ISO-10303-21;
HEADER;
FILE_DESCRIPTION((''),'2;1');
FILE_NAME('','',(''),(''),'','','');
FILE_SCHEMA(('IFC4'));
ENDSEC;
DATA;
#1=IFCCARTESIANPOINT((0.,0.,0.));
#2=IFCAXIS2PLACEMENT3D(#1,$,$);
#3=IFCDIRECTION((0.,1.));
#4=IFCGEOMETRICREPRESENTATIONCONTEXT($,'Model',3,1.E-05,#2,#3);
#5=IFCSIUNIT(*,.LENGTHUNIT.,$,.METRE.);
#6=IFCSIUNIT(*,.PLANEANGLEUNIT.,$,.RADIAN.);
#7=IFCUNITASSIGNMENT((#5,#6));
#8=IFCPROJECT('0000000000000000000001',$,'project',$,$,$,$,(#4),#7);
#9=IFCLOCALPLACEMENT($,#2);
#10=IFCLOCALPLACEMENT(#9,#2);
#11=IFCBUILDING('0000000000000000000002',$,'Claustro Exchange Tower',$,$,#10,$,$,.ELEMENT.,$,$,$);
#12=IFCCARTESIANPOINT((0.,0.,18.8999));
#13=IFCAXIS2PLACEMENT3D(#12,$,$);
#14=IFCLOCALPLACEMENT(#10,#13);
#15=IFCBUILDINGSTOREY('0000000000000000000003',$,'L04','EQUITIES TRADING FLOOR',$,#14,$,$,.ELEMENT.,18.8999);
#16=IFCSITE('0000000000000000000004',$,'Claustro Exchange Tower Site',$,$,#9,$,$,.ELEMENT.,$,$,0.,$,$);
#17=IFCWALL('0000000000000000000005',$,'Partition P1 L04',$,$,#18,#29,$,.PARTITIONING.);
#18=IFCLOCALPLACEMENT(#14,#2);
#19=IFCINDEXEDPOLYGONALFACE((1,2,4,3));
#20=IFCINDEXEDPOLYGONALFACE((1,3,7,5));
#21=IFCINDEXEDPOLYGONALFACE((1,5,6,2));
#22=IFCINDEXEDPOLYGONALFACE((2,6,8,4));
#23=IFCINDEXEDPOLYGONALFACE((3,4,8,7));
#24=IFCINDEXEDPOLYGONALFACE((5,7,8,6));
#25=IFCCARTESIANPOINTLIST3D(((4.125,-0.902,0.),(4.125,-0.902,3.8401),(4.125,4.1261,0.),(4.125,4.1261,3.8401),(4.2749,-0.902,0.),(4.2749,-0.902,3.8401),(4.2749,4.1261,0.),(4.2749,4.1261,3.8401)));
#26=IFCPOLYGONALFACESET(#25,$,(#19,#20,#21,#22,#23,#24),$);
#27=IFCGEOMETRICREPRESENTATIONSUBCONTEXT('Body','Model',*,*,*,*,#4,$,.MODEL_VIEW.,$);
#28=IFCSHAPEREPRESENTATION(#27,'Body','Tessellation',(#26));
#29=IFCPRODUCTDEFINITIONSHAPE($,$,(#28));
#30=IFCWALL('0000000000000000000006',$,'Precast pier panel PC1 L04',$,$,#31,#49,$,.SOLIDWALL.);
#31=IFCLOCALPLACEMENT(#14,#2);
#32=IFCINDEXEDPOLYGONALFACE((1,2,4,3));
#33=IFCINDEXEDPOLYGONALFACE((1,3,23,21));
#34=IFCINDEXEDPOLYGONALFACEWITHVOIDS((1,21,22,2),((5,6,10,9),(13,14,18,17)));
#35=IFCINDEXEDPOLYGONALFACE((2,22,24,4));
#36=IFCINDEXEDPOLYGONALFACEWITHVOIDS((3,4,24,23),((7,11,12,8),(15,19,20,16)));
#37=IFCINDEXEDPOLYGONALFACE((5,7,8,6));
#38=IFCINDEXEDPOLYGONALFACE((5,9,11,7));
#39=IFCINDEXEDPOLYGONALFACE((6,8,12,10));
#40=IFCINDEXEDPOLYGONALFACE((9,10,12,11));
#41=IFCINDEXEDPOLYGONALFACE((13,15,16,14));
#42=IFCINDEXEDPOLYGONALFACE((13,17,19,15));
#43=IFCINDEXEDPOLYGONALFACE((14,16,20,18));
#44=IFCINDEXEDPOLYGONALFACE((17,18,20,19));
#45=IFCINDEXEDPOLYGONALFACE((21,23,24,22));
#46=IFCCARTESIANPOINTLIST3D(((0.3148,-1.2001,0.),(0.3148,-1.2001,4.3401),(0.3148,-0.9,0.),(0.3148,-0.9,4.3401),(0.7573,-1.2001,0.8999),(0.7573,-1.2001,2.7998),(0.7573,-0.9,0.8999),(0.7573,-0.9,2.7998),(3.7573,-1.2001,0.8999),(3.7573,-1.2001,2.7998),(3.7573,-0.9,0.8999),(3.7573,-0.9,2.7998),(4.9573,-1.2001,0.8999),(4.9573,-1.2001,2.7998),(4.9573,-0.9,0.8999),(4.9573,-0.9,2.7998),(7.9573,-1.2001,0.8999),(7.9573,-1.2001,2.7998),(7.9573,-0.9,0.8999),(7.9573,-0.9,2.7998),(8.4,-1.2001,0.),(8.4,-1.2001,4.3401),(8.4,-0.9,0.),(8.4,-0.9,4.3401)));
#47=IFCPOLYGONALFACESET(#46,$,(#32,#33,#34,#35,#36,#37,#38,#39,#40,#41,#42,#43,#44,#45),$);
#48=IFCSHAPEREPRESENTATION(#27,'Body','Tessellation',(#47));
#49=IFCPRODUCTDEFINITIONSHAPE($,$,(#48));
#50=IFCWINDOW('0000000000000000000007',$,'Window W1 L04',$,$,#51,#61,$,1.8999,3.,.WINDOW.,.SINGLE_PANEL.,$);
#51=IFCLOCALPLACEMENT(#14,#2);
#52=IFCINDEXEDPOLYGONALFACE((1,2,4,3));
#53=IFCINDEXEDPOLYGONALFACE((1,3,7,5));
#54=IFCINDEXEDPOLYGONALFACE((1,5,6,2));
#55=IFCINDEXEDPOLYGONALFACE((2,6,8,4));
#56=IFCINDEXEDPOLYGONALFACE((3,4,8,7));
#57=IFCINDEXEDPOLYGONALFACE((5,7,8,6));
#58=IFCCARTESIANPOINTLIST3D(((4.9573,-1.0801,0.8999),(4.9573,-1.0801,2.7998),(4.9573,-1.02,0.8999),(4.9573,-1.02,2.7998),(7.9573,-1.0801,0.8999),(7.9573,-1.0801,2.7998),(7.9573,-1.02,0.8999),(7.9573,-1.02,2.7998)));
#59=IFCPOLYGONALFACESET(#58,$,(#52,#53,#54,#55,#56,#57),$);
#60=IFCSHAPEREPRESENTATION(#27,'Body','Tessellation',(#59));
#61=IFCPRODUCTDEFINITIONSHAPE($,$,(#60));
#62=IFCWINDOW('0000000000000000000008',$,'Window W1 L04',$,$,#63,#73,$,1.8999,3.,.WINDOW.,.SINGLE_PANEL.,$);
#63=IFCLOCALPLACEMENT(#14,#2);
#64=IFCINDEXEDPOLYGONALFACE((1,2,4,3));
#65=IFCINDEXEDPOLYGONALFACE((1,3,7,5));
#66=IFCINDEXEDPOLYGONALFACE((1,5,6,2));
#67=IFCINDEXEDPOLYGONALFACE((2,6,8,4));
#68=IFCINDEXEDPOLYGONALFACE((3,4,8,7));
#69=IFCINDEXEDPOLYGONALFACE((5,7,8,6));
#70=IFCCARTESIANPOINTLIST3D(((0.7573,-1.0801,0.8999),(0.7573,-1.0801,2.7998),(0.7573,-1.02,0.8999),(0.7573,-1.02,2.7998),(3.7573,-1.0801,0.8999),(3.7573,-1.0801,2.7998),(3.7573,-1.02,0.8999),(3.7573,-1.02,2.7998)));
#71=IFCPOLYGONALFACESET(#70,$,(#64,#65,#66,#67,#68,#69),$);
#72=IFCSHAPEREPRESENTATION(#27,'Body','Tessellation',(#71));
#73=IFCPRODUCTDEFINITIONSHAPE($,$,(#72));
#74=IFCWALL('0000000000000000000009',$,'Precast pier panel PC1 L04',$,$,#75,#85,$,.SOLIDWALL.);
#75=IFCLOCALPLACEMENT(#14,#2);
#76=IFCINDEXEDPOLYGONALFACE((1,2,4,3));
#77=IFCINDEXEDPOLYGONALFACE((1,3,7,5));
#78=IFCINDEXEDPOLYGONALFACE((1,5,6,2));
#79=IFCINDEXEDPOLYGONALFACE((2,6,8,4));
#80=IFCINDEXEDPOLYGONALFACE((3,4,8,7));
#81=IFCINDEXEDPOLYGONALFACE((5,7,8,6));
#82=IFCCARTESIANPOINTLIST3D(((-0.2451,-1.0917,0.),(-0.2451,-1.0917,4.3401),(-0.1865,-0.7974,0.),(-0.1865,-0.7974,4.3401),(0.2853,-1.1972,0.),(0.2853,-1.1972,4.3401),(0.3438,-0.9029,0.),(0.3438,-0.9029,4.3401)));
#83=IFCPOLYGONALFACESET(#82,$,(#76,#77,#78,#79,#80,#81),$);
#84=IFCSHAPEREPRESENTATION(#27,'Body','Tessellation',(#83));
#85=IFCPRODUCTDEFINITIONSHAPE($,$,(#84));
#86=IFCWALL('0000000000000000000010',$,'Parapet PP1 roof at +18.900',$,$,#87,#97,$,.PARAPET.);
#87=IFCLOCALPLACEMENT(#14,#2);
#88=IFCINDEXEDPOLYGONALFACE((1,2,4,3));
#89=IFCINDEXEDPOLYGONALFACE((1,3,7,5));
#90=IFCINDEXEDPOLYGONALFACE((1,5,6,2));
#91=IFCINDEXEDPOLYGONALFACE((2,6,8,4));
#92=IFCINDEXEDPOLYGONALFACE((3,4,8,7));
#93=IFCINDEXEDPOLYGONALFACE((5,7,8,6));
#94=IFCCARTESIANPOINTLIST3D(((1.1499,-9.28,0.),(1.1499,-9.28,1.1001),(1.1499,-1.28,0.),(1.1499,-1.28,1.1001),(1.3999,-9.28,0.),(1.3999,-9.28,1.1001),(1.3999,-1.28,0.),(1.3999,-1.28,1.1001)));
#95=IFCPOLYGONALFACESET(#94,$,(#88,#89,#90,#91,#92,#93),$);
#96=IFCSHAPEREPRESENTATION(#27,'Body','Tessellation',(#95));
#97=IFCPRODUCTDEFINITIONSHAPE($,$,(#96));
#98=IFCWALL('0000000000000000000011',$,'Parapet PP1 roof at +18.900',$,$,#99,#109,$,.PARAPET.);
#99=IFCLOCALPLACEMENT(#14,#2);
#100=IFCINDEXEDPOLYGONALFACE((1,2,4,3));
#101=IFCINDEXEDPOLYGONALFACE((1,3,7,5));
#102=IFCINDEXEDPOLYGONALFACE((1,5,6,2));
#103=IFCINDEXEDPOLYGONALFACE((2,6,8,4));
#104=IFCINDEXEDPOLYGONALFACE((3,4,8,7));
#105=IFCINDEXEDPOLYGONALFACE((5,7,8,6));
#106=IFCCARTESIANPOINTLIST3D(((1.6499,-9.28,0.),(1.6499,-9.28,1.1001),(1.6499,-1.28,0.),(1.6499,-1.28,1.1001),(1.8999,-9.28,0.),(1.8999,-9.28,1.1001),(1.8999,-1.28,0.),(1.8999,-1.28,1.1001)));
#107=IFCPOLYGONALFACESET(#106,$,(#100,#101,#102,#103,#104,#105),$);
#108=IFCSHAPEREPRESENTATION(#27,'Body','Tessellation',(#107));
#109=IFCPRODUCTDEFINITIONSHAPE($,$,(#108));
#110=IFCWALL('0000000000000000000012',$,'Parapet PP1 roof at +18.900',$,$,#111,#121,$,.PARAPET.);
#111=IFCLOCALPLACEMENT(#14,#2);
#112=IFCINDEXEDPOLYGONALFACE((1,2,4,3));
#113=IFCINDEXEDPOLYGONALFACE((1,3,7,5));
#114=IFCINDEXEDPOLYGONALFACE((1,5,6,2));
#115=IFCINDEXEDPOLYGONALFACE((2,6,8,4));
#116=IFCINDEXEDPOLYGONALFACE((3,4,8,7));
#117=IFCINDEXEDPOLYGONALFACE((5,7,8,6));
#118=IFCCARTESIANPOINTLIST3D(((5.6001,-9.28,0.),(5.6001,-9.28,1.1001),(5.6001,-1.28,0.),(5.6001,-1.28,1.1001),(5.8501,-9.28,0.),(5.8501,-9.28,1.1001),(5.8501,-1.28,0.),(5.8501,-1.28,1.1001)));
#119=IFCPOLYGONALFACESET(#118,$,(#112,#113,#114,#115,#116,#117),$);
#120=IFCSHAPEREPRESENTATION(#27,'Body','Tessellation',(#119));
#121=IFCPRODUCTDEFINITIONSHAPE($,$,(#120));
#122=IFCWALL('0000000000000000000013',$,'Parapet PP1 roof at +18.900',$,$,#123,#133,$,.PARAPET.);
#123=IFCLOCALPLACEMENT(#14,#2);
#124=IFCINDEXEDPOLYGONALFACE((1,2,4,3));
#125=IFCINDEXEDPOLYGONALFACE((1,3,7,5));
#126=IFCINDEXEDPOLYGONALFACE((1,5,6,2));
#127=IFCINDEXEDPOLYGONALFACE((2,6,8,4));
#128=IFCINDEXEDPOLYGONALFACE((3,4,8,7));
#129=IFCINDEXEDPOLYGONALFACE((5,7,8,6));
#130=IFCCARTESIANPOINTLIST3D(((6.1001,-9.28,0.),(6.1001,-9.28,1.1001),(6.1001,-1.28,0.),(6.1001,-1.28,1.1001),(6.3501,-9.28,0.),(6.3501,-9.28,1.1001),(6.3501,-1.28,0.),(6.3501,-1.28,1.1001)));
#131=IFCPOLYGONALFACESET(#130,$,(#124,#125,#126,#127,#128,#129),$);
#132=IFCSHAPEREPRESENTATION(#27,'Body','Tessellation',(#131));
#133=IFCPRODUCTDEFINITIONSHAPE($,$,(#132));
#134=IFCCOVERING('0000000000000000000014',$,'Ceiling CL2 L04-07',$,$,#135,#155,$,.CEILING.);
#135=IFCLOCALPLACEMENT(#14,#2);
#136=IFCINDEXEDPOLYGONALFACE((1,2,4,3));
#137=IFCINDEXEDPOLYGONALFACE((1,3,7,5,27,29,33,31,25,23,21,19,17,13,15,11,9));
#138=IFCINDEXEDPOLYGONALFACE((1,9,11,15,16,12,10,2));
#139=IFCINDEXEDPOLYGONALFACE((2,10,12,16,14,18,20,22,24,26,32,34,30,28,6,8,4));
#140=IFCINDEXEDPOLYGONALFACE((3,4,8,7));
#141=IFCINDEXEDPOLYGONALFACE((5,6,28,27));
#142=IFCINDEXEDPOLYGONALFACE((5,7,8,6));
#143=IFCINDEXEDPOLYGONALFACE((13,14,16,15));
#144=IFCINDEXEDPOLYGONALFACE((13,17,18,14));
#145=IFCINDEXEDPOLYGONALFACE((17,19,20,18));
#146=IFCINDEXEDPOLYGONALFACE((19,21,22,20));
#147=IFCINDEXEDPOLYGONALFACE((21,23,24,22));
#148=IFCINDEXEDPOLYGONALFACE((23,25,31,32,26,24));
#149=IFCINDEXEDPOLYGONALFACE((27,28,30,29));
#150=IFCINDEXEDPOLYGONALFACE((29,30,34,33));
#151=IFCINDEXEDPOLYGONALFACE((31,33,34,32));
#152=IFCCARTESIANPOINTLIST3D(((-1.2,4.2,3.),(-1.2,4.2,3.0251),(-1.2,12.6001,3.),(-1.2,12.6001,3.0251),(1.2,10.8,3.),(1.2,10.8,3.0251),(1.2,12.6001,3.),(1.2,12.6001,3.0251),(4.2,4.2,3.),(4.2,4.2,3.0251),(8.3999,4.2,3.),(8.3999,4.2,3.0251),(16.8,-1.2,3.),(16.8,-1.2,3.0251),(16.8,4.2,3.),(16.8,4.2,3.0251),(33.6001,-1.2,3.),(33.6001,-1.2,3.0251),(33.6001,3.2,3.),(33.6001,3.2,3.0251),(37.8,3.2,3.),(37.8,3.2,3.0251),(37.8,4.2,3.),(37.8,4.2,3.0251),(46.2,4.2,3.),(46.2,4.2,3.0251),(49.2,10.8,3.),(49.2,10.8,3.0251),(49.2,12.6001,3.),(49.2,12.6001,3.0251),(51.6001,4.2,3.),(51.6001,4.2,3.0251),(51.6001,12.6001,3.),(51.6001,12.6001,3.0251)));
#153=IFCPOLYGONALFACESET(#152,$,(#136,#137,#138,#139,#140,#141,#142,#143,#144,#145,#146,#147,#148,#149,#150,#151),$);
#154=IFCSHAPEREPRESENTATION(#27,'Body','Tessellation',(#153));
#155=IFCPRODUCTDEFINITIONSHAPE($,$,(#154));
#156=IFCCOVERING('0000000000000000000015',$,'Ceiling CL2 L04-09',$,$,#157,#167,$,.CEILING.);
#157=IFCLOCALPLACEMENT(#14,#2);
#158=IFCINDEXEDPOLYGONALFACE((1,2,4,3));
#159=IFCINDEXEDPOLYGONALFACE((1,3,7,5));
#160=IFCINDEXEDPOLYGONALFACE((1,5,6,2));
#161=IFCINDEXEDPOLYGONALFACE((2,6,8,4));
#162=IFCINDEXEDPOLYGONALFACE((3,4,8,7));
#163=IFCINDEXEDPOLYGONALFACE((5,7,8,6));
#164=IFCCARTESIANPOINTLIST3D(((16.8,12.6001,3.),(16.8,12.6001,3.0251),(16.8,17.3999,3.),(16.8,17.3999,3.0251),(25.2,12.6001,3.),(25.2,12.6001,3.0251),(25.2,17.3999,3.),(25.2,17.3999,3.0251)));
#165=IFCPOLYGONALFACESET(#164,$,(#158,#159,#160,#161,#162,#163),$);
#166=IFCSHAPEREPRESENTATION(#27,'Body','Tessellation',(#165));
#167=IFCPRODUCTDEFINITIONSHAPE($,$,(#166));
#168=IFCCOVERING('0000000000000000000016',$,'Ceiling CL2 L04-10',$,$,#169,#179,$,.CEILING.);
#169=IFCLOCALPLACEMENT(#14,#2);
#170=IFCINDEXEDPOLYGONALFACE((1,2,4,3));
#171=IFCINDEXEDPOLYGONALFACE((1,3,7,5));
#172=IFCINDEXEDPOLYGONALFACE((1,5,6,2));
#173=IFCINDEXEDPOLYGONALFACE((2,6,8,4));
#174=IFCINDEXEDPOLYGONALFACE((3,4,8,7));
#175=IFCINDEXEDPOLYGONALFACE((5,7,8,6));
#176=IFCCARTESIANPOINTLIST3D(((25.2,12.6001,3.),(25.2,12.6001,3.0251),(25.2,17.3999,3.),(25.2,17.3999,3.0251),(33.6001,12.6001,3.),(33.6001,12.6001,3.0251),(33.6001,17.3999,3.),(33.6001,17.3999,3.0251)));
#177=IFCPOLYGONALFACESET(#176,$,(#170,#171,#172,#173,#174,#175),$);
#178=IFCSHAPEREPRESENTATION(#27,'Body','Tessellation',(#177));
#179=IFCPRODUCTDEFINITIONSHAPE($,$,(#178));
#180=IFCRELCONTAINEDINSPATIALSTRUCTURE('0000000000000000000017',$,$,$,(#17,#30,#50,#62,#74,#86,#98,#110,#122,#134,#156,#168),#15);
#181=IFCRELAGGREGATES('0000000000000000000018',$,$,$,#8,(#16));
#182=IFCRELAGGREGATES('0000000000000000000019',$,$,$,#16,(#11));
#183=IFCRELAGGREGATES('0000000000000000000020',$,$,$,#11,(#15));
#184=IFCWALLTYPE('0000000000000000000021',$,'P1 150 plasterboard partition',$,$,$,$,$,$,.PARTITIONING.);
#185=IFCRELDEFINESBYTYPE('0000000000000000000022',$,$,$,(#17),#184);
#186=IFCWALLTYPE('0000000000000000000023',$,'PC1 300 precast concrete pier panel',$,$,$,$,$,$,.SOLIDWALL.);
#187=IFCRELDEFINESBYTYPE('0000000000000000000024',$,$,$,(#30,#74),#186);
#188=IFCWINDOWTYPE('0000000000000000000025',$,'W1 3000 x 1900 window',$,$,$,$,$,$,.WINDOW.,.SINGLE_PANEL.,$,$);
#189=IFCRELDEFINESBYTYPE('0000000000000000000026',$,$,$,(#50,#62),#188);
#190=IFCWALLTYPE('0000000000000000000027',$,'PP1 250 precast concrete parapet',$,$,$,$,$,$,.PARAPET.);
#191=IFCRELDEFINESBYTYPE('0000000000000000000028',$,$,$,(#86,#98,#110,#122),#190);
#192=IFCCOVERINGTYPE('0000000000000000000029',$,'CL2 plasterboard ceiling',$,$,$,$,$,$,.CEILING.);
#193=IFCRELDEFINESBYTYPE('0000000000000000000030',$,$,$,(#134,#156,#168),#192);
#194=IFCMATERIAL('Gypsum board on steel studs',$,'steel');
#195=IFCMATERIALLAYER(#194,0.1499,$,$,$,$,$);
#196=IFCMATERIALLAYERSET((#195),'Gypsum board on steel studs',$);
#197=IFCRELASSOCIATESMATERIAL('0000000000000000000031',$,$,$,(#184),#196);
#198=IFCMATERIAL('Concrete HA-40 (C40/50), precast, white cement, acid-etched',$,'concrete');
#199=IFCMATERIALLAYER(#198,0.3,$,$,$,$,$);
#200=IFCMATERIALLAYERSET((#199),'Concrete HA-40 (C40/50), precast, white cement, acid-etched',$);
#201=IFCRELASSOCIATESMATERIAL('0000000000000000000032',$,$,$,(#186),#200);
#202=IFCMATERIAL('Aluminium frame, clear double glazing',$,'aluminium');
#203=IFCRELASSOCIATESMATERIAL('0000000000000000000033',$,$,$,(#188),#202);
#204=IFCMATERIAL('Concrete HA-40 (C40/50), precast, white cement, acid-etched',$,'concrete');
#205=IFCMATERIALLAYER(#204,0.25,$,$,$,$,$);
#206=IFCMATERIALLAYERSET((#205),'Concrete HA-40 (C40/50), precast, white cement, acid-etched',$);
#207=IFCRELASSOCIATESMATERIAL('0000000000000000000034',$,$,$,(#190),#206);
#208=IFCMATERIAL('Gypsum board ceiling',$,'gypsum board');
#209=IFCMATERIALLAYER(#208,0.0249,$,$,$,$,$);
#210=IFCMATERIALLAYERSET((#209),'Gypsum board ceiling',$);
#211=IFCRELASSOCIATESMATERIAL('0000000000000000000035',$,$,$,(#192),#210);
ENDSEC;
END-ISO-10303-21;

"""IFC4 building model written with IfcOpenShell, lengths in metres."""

from ifc_helpers import new_model, si_unit, direction, frame, frame_2d, origin, place, context, subcontext, project, spatial, polyline, rectangle, outline, extrude, material, layer, layer_set, type_object, element, fill, save


model = new_model("IFC4")

# Units and contexts
model_context = context("Model", 3, precision=1e-05, world=origin(), true_north=direction((0.0, 1.0)))
body_context = subcontext(model_context, "Body", "Model", "MODEL_VIEW")
ifc_project = project(units=[si_unit("LENGTHUNIT", "METRE"), si_unit("PLANEANGLEUNIT", "RADIAN")], contexts=[model_context])

# Site, building, storey
site_placement = place(None, origin())
site = spatial("IfcSite", under=ifc_project, at=site_placement, Name="Claustro Exchange Tower Site", CompositionType="ELEMENT", RefElevation=0.0)
building_placement = place(site_placement, origin())
building = spatial("IfcBuilding", under=site, at=building_placement, Name="Claustro Exchange Tower", CompositionType="ELEMENT")
storey_placement = place(building_placement, frame((0.0, 0.0, 18.8999)))
storey = spatial("IfcBuildingStorey", under=building, at=storey_placement, Name="L04", Description="EQUITIES TRADING FLOOR", CompositionType="ELEMENT", Elevation=18.8999)

# Wall
ifc_material_1 = material(Name="Gypsum board on steel studs", Category="steel")
ifc_layer_1 = layer(ifc_material_1, 0.1499)
ifc_layer_set_1 = layer_set([ifc_layer_1], Name="Gypsum board on steel studs")
wall_type_1 = type_object("IfcWallType", Name="P1 150 plasterboard partition", PredefinedType="PARTITIONING", material=ifc_layer_set_1)
wall_1_placement = place(storey_placement, frame((4.2, -0.9021, 0.0), z_axis=(0.0, 0.0, 1.0), x_axis=(0.0, 1.0, 0.0)))
element("IfcWall", 1, at=wall_1_placement, inside=storey, type_object=wall_type_1, Name="Partition P1 L04", PredefinedType="PARTITIONING", context=body_context, shape_type="SweptSolid", body=[
    extrude(rectangle(XDim=5.0281, YDim=0.1499, at=frame_2d((2.5142, 0.0))), origin(), (0.0, 0.0, 1.0), 3.8401),
])

# Wall, openings, windows
ifc_material_2 = material(Name="Concrete HA-40 (C40/50), precast, white cement, acid-etched", Category="concrete")
ifc_layer_2 = layer(ifc_material_2, 0.3)
ifc_layer_set_2 = layer_set([ifc_layer_2], Name="Concrete HA-40 (C40/50), precast, white cement, acid-etched")
wall_type_2 = type_object("IfcWallType", Name="PC1 300 precast concrete pier panel", PredefinedType="SOLIDWALL", material=ifc_layer_set_2)
wall_2_placement = place(storey_placement, frame((8.3999, -1.05, 0.0), z_axis=(0.0, 0.0, 1.0), x_axis=(-1.0, 0.0, 0.0)))
wall_2 = element("IfcWall", 2, at=wall_2_placement, inside=storey, type_object=wall_type_2, Name="Precast pier panel PC1 L04", PredefinedType="SOLIDWALL", context=body_context, shape_type="SweptSolid", body=[
    extrude(rectangle(XDim=8.0852, YDim=0.3, at=frame_2d((4.0425, 0.0))), origin(), (0.0, 0.0, 1.0), 4.3401),
])
opening_1_placement = place(wall_2_placement, frame((0.4426, 0.0, 0.8999)))
opening_1 = element("IfcOpeningElement", 3, at=opening_1_placement, cuts=wall_2, PredefinedType="OPENING", context=body_context, shape_type="SweptSolid", body=[
    extrude(rectangle(XDim=3.0, YDim=1.8999, at=frame_2d((1.5, 0.95))), frame((0.0, 0.1599, 0.0), z_axis=(0.0, -1.0, 0.0), x_axis=(1.0, 0.0, 0.0)), (0.0, 0.0, 1.0), 0.3201),
])
opening_2_placement = place(wall_2_placement, frame((4.6426, 0.0, 0.8999)))
opening_2 = element("IfcOpeningElement", 4, at=opening_2_placement, cuts=wall_2, PredefinedType="OPENING", context=body_context, shape_type="SweptSolid", body=[
    extrude(rectangle(XDim=3.0, YDim=1.8999, at=frame_2d((1.5, 0.95))), frame((0.0, 0.1599, 0.0), z_axis=(0.0, -1.0, 0.0), x_axis=(1.0, 0.0, 0.0)), (0.0, 0.0, 1.0), 0.3201),
])
ifc_material_3 = material(Name="Aluminium frame, clear double glazing", Category="aluminium")
window_type = type_object("IfcWindowType", Name="W1 3000 x 1900 window", PartitioningType="SINGLE_PANEL", PredefinedType="WINDOW", material=ifc_material_3)
window_1_placement = place(opening_1_placement, origin())
window_1 = element("IfcWindow", 5, at=window_1_placement, inside=storey, type_object=window_type, Name="Window W1 L04", OverallHeight=1.8999, OverallWidth=3.0, PartitioningType="SINGLE_PANEL", PredefinedType="WINDOW", context=body_context, shape_type="SweptSolid", body=[
    extrude(rectangle(XDim=3.0, YDim=1.8999, at=frame_2d((1.5, 0.95))), frame((0.0, 0.03, 0.0), z_axis=(0.0, -1.0, 0.0), x_axis=(1.0, 0.0, 0.0)), (0.0, 0.0, 1.0), 0.0601),
])
fill(opening_1, window_1)
window_2_placement = place(opening_2_placement, origin())
window_2 = element("IfcWindow", 6, at=window_2_placement, inside=storey, type_object=window_type, Name="Window W1 L04", OverallHeight=1.8999, OverallWidth=3.0, PartitioningType="SINGLE_PANEL", PredefinedType="WINDOW", context=body_context, shape_type="SweptSolid", body=[
    extrude(rectangle(XDim=3.0, YDim=1.8999, at=frame_2d((1.5, 0.95))), frame((0.0, 0.03, 0.0), z_axis=(0.0, -1.0, 0.0), x_axis=(1.0, 0.0, 0.0)), (0.0, 0.0, 1.0), 0.0601),
])
fill(opening_2, window_2)

# Walls
wall_3_placement = place(storey_placement, frame((0.3147, -1.05, 0.0), z_axis=(0.0, 0.0, 1.0), x_axis=(-0.980789, 0.195074, 0.0)))
element("IfcWall", 7, at=wall_3_placement, inside=storey, type_object=wall_type_2, Name="Precast pier panel PC1 L04", PredefinedType="SOLIDWALL", context=body_context, shape_type="SweptSolid", body=[
    extrude(rectangle(XDim=0.5408, YDim=0.3, at=frame_2d((0.2705, 0.0))), origin(), (0.0, 0.0, 1.0), 4.3401),
])
ifc_material_4 = material(Name="Concrete HA-40 (C40/50), precast, white cement, acid-etched", Category="concrete")
ifc_layer_3 = layer(ifc_material_4, 0.25)
ifc_layer_set_3 = layer_set([ifc_layer_3], Name="Concrete HA-40 (C40/50), precast, white cement, acid-etched")
wall_type_3 = type_object("IfcWallType", Name="PP1 250 precast concrete parapet", PredefinedType="PARAPET", material=ifc_layer_set_3)
for number, where, z_axis, x_axis, name in (
    (8, (1.2749, -1.28, 0.0), (0.0, 0.0, 1.0), (0.0, -1.0, 0.0), "Parapet PP1 roof at +18.900"),
    (9, (1.7749, -9.28, 0.0), (0.0, 0.0, 1.0), (0.0, 1.0, 0.0), "Parapet PP1 roof at +18.900"),
    (10, (5.7251, -1.28, 0.0), (0.0, 0.0, 1.0), (0.0, -1.0, 0.0), "Parapet PP1 roof at +18.900"),
    (11, (6.2251, -9.28, 0.0), (0.0, 0.0, 1.0), (0.0, 1.0, 0.0), "Parapet PP1 roof at +18.900"),
):
    element("IfcWall", number, at=place(storey_placement, frame(where, z_axis=z_axis, x_axis=x_axis)), inside=storey, type_object=wall_type_3, Name=name, PredefinedType="PARAPET", context=body_context, shape_type="SweptSolid", body=[
        extrude(rectangle(XDim=8.0, YDim=0.25, at=frame_2d((4.0, 0.0))), origin(), (0.0, 0.0, 1.0), 1.1001),
    ])

# Coverings
ifc_material_5 = material(Name="Gypsum board ceiling", Category="gypsum board")
ifc_layer_4 = layer(ifc_material_5, 0.0249)
ifc_layer_set_4 = layer_set([ifc_layer_4], Name="Gypsum board ceiling")
covering_type_1 = type_object("IfcCoveringType", Name="CL2 plasterboard ceiling", PredefinedType="CEILING", material=ifc_layer_set_4)
covering_1_placement = place(storey_placement, frame((0.0, 0.0, 3.0)))
element("IfcCovering", 12, at=covering_1_placement, inside=storey, type_object=covering_type_1, Name="Ceiling CL2 L04-07", PredefinedType="CEILING", context=body_context, shape_type="SweptSolid", body=[
    extrude(outline(polyline([(-1.2, 12.6001), (-1.2, 4.2), (4.2, 4.2), (8.3999, 4.2), (16.8, 4.2), (16.8, -1.2), (33.6001, -1.2), (33.6001, 3.2), (37.8, 3.2), (37.8, 4.2), (46.2, 4.2), (51.6001, 4.2), (51.6001, 12.6001), (49.2, 12.6001), (49.2, 10.8), (1.2, 10.8), (1.2, 12.6001), (-1.2, 12.6001)])), origin(), (0.0, 0.0, 1.0), 0.0251),
])
covering_2_placement = place(storey_placement, frame((0.0, 0.0, 3.0)))
element("IfcCovering", 13, at=covering_2_placement, inside=storey, type_object=covering_type_1, Name="Ceiling CL2 L04-09", PredefinedType="CEILING", context=body_context, shape_type="SweptSolid", body=[
    extrude(outline(polyline([(16.8, 17.3999), (16.8, 12.6001), (25.2, 12.6001), (25.2, 17.3999), (16.8, 17.3999)])), origin(), (0.0, 0.0, 1.0), 0.0251),
])
covering_3_placement = place(storey_placement, frame((0.0, 0.0, 3.0)))
element("IfcCovering", 14, at=covering_3_placement, inside=storey, type_object=covering_type_1, Name="Ceiling CL2 L04-10", PredefinedType="CEILING", context=body_context, shape_type="SweptSolid", body=[
    extrude(outline(polyline([(33.6001, 17.3999), (25.2, 17.3999), (25.2, 12.6001), (33.6001, 12.6001), (33.6001, 17.3999)])), origin(), (0.0, 0.0, 1.0), 0.0251),
])

save(model, "model.ifc")
